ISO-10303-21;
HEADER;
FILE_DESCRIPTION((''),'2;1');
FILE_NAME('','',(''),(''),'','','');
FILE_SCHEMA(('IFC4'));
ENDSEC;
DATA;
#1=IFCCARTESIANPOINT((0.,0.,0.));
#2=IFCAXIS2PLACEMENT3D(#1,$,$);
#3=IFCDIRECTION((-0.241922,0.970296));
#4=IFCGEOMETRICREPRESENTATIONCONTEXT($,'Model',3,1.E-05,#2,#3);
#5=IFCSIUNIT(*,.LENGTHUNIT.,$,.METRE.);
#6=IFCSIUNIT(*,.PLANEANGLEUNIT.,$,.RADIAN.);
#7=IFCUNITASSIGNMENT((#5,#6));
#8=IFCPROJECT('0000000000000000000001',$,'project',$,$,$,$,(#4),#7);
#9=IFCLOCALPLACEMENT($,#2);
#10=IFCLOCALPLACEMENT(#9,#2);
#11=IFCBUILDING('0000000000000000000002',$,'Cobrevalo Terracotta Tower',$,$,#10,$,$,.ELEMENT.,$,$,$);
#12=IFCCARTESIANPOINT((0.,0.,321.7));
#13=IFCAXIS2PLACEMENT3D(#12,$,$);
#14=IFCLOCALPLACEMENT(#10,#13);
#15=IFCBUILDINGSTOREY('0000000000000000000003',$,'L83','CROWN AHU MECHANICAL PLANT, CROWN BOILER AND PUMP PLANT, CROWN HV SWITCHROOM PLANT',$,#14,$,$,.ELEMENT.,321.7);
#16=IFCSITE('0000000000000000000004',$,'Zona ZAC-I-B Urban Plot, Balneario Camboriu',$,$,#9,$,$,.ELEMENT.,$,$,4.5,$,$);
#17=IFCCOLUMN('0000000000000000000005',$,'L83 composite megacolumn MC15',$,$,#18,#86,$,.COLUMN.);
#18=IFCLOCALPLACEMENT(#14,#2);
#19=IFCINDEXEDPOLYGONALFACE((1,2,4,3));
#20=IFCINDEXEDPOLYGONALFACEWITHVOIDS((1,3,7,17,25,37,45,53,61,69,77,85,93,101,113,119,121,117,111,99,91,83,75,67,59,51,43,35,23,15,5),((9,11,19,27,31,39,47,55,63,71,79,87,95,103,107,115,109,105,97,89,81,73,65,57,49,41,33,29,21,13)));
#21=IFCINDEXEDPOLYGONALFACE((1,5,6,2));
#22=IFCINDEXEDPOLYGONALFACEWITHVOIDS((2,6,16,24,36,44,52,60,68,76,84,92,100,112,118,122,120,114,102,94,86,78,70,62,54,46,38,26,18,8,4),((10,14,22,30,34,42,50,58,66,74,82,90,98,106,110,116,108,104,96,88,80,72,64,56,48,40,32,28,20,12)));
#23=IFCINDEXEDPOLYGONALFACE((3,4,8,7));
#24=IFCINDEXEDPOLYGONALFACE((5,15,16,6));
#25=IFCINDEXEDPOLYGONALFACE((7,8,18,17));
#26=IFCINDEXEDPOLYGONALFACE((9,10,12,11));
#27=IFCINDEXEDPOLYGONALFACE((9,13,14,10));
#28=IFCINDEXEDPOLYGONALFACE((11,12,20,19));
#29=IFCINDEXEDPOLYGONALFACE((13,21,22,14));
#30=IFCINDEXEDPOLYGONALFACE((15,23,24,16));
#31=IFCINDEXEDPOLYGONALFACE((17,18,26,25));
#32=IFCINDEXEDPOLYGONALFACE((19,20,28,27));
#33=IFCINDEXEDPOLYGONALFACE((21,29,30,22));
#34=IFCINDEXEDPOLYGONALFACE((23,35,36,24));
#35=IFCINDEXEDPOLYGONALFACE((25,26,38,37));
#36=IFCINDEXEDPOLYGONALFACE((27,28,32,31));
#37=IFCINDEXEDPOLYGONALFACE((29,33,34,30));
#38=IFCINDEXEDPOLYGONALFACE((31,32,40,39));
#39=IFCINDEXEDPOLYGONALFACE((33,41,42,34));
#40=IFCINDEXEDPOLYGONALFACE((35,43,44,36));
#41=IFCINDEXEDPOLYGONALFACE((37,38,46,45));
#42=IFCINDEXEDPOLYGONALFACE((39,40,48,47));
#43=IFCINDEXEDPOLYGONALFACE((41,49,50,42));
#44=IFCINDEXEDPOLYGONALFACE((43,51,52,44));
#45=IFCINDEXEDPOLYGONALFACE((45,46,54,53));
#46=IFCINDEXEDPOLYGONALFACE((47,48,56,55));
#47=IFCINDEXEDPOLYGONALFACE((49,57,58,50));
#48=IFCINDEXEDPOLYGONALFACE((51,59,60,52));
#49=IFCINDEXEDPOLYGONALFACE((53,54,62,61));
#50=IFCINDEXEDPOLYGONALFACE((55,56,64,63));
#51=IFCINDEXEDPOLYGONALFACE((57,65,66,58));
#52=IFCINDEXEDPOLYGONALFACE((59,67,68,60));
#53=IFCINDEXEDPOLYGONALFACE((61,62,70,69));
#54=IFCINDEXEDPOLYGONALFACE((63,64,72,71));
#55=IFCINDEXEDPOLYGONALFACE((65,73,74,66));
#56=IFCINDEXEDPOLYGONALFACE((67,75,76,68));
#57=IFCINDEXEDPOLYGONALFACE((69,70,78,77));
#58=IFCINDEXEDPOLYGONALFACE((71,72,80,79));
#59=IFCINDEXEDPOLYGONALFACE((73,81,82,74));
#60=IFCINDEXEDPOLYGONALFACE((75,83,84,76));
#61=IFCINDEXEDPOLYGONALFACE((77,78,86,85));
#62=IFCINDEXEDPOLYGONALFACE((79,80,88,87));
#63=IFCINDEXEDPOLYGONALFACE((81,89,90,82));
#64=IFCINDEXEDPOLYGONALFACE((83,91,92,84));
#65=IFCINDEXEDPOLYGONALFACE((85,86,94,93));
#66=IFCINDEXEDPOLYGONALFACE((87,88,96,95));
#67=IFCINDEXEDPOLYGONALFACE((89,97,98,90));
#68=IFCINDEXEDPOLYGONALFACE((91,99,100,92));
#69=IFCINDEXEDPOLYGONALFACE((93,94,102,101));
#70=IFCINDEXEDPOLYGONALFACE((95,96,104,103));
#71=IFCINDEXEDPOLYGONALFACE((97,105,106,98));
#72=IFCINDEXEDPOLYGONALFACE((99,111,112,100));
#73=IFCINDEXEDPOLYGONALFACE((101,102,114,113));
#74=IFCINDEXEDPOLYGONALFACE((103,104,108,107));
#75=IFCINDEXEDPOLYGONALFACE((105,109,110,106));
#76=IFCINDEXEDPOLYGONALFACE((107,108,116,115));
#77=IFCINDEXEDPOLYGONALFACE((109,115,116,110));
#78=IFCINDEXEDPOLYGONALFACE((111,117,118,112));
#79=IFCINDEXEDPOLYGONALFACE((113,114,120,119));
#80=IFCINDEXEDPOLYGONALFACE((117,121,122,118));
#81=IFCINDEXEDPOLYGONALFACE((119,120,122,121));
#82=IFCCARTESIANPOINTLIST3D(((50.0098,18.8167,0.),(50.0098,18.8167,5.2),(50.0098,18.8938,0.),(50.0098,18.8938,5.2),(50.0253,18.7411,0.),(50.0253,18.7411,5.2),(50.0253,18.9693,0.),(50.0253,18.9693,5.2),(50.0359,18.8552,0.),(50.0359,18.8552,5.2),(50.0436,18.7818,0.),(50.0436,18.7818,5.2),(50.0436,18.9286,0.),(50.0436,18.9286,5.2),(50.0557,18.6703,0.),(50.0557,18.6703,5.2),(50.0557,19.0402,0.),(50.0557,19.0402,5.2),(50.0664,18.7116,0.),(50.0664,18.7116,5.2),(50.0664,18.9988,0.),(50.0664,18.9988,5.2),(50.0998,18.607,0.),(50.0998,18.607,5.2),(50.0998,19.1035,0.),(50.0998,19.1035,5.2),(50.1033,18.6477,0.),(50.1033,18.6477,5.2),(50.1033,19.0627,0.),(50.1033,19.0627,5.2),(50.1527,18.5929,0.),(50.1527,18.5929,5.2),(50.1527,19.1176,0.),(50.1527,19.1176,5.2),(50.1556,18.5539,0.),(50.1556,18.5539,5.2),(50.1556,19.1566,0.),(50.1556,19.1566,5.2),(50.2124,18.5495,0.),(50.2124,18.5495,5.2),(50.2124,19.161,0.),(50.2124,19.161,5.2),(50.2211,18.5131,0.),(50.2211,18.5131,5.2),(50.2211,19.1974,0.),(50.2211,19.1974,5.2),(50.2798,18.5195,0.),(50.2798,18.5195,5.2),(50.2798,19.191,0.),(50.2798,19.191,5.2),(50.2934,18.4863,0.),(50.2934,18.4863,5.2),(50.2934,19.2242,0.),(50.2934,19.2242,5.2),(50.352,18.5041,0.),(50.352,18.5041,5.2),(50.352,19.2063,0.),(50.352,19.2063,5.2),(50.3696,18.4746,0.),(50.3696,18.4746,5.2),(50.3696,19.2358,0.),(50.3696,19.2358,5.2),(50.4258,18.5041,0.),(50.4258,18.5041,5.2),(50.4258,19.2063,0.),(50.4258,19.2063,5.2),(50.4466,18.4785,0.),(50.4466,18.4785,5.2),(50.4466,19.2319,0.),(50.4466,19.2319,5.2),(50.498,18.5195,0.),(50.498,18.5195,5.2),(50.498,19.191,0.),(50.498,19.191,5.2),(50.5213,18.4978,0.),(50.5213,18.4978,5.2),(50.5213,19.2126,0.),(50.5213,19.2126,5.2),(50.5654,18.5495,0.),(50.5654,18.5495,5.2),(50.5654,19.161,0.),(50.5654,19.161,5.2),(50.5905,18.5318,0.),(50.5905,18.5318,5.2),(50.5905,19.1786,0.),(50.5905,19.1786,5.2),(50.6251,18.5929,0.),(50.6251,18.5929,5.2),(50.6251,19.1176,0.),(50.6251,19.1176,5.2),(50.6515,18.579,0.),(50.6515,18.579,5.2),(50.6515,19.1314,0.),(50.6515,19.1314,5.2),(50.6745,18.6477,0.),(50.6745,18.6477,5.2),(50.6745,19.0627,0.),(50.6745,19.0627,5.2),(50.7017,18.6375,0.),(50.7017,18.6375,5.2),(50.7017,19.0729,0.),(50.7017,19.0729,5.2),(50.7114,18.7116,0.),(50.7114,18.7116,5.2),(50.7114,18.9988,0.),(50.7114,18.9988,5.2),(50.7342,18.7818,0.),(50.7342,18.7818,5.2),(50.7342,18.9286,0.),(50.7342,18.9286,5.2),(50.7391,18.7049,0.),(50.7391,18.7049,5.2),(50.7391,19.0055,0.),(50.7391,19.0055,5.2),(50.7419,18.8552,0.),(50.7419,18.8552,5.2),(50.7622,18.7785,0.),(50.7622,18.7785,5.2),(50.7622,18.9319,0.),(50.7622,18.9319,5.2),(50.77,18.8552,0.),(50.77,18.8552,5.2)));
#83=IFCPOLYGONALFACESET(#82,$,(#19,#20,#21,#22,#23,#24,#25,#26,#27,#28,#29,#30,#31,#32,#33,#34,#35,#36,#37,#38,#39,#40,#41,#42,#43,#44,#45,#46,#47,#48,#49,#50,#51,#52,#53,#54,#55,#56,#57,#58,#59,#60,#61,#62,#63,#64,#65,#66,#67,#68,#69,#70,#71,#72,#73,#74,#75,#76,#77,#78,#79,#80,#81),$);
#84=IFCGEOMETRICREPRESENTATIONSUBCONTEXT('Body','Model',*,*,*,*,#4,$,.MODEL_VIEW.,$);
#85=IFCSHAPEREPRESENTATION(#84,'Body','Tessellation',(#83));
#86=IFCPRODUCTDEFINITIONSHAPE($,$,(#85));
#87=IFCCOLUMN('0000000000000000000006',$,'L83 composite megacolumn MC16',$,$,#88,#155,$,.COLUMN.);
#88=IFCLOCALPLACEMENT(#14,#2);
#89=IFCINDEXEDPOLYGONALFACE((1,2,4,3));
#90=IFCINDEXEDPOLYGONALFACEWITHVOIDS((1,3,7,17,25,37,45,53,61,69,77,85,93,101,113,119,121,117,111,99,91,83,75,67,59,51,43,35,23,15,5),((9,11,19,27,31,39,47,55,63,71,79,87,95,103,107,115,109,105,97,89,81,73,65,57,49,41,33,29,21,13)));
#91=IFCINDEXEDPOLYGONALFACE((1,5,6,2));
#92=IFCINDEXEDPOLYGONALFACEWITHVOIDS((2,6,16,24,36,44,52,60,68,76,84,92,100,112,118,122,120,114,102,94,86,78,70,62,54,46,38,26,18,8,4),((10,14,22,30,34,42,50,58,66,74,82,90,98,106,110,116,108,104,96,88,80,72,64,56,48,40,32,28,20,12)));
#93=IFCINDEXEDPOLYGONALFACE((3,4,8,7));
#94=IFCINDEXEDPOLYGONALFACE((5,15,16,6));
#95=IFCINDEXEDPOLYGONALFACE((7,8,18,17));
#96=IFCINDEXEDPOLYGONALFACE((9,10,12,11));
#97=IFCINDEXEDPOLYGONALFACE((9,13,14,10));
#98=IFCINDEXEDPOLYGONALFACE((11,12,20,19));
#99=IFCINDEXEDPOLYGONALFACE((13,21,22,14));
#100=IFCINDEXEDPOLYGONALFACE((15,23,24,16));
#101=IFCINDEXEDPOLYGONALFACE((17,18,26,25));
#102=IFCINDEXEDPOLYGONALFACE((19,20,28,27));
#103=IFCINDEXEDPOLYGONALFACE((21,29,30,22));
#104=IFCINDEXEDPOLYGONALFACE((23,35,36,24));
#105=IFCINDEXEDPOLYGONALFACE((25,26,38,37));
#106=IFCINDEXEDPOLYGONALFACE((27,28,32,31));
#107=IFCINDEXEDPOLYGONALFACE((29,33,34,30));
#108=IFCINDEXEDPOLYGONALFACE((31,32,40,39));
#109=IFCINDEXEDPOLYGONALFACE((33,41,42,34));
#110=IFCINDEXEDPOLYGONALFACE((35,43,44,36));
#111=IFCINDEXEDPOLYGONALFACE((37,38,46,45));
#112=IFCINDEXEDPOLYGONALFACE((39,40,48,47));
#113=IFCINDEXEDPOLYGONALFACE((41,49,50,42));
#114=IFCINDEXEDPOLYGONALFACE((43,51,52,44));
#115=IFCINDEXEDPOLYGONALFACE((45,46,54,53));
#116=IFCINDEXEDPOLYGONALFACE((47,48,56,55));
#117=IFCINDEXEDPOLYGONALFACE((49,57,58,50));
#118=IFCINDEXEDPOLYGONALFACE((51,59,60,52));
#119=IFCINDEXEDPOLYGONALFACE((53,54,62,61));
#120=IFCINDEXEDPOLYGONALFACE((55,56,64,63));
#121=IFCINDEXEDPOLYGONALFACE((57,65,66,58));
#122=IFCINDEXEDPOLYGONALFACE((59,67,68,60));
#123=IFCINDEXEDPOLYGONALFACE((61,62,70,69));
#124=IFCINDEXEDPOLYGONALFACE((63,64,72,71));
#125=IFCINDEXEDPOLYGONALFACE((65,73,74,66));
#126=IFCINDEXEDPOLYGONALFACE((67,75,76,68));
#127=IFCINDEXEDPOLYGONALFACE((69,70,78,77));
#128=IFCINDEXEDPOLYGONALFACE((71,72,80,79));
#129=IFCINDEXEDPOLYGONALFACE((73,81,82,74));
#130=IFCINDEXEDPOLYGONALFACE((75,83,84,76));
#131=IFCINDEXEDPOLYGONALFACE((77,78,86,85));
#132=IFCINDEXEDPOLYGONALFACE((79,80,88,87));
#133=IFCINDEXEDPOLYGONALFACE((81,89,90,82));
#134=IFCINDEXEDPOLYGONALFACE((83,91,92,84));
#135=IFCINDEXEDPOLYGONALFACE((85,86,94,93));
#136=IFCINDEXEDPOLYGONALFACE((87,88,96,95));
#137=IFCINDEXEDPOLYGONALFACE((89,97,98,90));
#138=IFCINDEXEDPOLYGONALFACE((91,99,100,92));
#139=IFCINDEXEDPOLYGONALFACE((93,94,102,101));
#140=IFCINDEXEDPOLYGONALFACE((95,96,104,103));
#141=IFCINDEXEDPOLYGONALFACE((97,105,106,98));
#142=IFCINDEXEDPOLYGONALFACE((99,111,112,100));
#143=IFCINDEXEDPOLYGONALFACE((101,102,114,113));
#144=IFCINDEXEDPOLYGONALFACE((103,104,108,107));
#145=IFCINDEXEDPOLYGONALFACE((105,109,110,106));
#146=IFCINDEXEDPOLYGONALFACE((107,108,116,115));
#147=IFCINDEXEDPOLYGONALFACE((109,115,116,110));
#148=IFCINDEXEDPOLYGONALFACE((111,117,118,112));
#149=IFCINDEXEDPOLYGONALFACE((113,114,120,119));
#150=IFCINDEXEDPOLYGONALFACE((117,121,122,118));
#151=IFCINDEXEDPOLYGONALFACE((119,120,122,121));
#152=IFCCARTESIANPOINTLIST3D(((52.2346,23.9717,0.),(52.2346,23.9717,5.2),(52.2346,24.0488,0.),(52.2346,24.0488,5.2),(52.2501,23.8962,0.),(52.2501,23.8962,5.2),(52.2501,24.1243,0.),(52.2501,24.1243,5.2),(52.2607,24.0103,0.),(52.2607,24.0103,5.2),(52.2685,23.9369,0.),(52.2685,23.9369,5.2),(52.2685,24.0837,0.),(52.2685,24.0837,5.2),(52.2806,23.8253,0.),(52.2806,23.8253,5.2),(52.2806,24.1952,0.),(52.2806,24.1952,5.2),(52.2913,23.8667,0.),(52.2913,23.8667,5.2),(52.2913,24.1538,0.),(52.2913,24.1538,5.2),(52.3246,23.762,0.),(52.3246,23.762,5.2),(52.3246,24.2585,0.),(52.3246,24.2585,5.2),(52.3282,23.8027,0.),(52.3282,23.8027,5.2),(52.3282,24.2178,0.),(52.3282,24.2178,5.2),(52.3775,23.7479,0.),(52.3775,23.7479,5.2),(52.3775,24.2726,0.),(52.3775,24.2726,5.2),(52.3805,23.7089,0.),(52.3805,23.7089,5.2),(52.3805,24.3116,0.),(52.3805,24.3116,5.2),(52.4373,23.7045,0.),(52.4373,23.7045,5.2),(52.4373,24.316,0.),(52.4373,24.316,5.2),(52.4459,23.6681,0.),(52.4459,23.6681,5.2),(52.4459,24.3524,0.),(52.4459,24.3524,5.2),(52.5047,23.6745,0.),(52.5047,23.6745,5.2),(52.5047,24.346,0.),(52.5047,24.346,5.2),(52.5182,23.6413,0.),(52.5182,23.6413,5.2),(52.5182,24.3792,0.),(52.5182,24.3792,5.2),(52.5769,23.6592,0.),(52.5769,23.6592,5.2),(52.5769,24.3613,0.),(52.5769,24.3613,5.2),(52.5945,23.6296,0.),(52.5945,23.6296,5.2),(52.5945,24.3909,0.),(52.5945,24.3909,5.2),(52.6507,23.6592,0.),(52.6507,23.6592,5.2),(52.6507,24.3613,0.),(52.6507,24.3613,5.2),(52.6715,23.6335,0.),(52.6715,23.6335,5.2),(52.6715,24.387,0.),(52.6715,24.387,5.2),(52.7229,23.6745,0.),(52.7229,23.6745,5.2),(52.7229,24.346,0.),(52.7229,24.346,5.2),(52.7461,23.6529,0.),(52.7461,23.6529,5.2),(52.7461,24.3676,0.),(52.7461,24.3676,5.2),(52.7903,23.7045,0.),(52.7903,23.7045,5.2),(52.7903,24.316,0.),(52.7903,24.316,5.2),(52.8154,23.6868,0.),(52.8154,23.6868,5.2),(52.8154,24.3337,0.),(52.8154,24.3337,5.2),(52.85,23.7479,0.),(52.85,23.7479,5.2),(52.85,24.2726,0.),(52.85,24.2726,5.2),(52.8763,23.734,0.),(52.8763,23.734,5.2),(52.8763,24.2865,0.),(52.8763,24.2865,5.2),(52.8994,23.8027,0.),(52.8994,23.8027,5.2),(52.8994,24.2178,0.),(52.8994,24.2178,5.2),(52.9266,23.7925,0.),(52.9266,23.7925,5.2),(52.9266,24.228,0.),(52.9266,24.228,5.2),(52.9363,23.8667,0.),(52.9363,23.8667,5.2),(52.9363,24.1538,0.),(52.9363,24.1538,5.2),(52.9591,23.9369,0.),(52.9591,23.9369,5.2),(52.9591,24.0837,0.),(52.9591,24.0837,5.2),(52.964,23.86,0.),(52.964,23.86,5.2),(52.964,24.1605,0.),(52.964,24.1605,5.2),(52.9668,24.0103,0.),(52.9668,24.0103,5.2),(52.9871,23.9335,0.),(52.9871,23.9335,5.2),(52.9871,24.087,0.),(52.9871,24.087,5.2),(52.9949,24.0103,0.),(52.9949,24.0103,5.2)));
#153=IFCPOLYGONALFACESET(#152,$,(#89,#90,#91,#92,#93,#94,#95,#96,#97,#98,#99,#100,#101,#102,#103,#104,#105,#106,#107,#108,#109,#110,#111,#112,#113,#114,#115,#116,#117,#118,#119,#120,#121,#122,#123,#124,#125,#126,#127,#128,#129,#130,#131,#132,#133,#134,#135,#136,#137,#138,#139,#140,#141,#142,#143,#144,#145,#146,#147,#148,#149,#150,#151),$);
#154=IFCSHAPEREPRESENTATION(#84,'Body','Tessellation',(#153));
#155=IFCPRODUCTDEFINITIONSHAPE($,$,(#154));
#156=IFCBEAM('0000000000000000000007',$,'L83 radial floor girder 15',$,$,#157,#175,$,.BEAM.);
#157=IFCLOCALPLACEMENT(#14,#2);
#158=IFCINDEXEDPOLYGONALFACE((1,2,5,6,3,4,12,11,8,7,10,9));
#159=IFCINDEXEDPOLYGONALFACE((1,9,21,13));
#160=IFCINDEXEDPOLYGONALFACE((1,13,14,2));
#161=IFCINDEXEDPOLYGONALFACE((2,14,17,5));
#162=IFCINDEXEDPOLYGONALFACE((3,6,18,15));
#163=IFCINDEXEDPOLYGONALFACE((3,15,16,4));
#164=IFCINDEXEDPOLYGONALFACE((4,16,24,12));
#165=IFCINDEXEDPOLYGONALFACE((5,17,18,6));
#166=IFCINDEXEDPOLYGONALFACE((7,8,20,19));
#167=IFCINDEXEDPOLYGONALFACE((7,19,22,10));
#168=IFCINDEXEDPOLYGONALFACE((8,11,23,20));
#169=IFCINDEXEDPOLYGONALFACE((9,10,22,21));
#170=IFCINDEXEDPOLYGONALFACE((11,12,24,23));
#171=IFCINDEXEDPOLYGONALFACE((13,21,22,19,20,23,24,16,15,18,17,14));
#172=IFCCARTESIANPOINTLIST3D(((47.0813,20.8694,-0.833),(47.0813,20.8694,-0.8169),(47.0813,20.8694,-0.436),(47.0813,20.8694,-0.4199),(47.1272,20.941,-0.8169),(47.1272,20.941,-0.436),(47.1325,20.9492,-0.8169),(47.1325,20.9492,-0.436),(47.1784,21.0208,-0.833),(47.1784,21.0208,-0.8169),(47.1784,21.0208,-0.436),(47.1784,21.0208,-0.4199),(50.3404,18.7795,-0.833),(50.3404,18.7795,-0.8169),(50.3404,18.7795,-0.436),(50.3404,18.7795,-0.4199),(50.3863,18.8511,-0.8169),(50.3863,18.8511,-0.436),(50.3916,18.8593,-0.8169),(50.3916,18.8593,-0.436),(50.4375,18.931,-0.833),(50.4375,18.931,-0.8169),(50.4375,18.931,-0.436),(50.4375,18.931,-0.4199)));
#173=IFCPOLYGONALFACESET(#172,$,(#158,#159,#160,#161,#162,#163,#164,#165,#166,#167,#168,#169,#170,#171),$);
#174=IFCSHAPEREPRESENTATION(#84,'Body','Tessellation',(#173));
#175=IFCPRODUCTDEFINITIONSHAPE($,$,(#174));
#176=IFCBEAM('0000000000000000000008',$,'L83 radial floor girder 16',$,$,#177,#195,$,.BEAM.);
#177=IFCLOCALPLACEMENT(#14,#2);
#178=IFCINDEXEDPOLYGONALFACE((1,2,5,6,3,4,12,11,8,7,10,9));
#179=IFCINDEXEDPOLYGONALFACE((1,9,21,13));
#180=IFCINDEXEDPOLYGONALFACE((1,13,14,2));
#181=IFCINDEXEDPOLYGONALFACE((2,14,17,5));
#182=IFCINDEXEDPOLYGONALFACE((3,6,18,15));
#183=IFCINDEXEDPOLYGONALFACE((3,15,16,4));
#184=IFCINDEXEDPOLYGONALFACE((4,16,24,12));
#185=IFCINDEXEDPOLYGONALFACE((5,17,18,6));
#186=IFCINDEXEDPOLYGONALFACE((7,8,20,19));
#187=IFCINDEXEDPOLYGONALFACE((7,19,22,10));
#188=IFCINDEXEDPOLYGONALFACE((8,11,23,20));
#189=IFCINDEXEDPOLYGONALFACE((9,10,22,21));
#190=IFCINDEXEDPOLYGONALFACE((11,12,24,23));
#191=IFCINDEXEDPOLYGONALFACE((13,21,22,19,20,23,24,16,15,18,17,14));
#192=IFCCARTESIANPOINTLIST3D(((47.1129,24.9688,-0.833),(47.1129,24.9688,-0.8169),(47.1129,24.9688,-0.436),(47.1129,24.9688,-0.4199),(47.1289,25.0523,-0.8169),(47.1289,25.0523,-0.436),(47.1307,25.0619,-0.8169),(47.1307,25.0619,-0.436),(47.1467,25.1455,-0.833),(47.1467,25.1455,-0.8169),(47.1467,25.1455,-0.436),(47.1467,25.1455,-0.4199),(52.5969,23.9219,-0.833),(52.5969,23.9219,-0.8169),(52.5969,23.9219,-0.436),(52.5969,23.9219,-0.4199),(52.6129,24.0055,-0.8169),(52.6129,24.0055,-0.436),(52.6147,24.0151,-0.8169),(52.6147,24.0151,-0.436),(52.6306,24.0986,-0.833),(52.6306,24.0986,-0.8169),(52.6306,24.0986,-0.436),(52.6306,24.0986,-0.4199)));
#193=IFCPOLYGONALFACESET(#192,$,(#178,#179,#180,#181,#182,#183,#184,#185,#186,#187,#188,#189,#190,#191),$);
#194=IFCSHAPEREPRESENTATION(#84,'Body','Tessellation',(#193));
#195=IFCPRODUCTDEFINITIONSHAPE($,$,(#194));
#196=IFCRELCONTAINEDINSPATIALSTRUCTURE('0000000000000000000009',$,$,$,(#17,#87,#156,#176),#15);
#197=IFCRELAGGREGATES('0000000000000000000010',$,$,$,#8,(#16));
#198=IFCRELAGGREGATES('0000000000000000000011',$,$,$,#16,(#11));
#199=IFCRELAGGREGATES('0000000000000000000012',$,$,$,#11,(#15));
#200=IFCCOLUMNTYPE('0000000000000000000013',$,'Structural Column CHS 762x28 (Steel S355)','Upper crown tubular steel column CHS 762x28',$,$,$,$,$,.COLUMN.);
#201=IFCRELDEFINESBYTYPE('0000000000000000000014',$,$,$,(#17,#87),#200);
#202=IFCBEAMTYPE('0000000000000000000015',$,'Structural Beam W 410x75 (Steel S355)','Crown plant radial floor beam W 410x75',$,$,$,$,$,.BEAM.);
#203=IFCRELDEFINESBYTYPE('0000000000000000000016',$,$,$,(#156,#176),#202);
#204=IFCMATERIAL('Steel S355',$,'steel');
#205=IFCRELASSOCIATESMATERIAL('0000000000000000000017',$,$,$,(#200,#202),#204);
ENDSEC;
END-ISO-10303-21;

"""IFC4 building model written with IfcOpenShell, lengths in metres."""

from ifc_helpers import new_model, si_unit, direction, frame, origin, origin_2d, place, context, subcontext, project, spatial, hollow_circle, i_section, extrude, material, material_profile, profile_set, type_object, element, save


model = new_model("IFC4")

# Units and contexts
model_context = context("Model", 3, precision=1e-05, world=origin(), true_north=direction((-0.241922, 0.970296)))
body_context = subcontext(model_context, "Body", "Model", "MODEL_VIEW")
ifc_project = project(units=[si_unit("LENGTHUNIT", "METRE"), si_unit("PLANEANGLEUNIT", "RADIAN")], contexts=[model_context])

# Site, building, storey
site_placement = place(None, origin())
site = spatial("IfcSite", under=ifc_project, at=site_placement, Name="Zona ZAC-I-B Urban Plot, Balneario Camboriu", CompositionType="ELEMENT", RefElevation=4.5)
building_placement = place(site_placement, origin())
building = spatial("IfcBuilding", under=site, at=building_placement, Name="Cobrevalo Terracotta Tower", CompositionType="ELEMENT")
storey_placement = place(building_placement, frame((0.0, 0.0, 321.7)))
storey = spatial("IfcBuildingStorey", under=building, at=storey_placement, Name="L83", Description="CROWN AHU MECHANICAL PLANT, CROWN BOILER AND PUMP PLANT, CROWN HV SWITCHROOM PLANT", CompositionType="ELEMENT", Elevation=321.7)

# Columns
ifc_material_1 = material(Name="Steel S355", Category="steel")
ifc_material_profile_1 = material_profile(ifc_material_1, hollow_circle(Radius=0.3811, WallThickness=0.0281, at=origin_2d()), Name="CHS 762x28")
ifc_profile_set_1 = profile_set([ifc_material_profile_1], Name="Steel S355")
column_type = type_object("IfcColumnType", Name="Structural Column CHS 762x28 (Steel S355)", Description="Upper crown tubular steel column CHS 762x28", PredefinedType="COLUMN", material=ifc_profile_set_1)
for number, where, z_axis, x_axis, name in (
    (1, (50.3889, 18.8552, 0.0), (0.0, 0.0, 1.0), (1.0, 0.0, 0.0), "L83 composite megacolumn MC15"),
    (2, (52.6138, 24.0103, 0.0), (0.0, 0.0, 1.0), (1.0, 0.0, 0.0), "L83 composite megacolumn MC16"),
):
    element("IfcColumn", number, at=place(storey_placement, frame(where, z_axis=z_axis, x_axis=x_axis)), inside=storey, type_object=column_type, Name=name, PredefinedType="COLUMN", context=body_context, shape_type="SweptSolid", body=[
        extrude(hollow_circle(Radius=0.3811, WallThickness=0.0281, at=origin_2d()), origin(), (0.0, 0.0, 1.0), 5.2),
    ])

# Beams
ifc_material_profile_2 = material_profile(ifc_material_1, i_section(OverallWidth=0.1799, OverallDepth=0.4131, WebThickness=0.0098, FlangeThickness=0.0161, at=origin_2d()), Name="W 410x75")
ifc_profile_set_2 = profile_set([ifc_material_profile_2], Name="Steel S355")
beam_type_1 = type_object("IfcBeamType", Name="Structural Beam W 410x75 (Steel S355)", Description="Crown plant radial floor beam W 410x75", PredefinedType="BEAM", material=ifc_profile_set_2)
beam_1_placement = place(storey_placement, frame((50.3889, 18.8552, -0.6265), z_axis=(-0.841795, 0.539798, 0.0), x_axis=(-0.539798, -0.841795, 0.0)))
element("IfcBeam", 3, at=beam_1_placement, inside=storey, type_object=beam_type_1, Name="L83 radial floor girder 15", PredefinedType="BEAM", context=body_context, shape_type="SweptSolid", body=[
    extrude(i_section(OverallWidth=0.1799, OverallDepth=0.4131, WebThickness=0.0098, FlangeThickness=0.0161, at=origin_2d()), origin(), (0.0, 0.0, 1.0), 3.8716),
])
beam_2_placement = place(storey_placement, frame((52.6138, 24.0103, -0.6265), z_axis=(-0.982262, 0.187514, 0.0), x_axis=(-0.187514, -0.982262, 0.0)))
element("IfcBeam", 4, at=beam_2_placement, inside=storey, type_object=beam_type_1, Name="L83 radial floor girder 16", PredefinedType="BEAM", context=body_context, shape_type="SweptSolid", body=[
    extrude(i_section(OverallWidth=0.1799, OverallDepth=0.4131, WebThickness=0.0098, FlangeThickness=0.0161, at=origin_2d()), origin(), (0.0, 0.0, 1.0), 5.583),
])

save(model, "model.ifc")
